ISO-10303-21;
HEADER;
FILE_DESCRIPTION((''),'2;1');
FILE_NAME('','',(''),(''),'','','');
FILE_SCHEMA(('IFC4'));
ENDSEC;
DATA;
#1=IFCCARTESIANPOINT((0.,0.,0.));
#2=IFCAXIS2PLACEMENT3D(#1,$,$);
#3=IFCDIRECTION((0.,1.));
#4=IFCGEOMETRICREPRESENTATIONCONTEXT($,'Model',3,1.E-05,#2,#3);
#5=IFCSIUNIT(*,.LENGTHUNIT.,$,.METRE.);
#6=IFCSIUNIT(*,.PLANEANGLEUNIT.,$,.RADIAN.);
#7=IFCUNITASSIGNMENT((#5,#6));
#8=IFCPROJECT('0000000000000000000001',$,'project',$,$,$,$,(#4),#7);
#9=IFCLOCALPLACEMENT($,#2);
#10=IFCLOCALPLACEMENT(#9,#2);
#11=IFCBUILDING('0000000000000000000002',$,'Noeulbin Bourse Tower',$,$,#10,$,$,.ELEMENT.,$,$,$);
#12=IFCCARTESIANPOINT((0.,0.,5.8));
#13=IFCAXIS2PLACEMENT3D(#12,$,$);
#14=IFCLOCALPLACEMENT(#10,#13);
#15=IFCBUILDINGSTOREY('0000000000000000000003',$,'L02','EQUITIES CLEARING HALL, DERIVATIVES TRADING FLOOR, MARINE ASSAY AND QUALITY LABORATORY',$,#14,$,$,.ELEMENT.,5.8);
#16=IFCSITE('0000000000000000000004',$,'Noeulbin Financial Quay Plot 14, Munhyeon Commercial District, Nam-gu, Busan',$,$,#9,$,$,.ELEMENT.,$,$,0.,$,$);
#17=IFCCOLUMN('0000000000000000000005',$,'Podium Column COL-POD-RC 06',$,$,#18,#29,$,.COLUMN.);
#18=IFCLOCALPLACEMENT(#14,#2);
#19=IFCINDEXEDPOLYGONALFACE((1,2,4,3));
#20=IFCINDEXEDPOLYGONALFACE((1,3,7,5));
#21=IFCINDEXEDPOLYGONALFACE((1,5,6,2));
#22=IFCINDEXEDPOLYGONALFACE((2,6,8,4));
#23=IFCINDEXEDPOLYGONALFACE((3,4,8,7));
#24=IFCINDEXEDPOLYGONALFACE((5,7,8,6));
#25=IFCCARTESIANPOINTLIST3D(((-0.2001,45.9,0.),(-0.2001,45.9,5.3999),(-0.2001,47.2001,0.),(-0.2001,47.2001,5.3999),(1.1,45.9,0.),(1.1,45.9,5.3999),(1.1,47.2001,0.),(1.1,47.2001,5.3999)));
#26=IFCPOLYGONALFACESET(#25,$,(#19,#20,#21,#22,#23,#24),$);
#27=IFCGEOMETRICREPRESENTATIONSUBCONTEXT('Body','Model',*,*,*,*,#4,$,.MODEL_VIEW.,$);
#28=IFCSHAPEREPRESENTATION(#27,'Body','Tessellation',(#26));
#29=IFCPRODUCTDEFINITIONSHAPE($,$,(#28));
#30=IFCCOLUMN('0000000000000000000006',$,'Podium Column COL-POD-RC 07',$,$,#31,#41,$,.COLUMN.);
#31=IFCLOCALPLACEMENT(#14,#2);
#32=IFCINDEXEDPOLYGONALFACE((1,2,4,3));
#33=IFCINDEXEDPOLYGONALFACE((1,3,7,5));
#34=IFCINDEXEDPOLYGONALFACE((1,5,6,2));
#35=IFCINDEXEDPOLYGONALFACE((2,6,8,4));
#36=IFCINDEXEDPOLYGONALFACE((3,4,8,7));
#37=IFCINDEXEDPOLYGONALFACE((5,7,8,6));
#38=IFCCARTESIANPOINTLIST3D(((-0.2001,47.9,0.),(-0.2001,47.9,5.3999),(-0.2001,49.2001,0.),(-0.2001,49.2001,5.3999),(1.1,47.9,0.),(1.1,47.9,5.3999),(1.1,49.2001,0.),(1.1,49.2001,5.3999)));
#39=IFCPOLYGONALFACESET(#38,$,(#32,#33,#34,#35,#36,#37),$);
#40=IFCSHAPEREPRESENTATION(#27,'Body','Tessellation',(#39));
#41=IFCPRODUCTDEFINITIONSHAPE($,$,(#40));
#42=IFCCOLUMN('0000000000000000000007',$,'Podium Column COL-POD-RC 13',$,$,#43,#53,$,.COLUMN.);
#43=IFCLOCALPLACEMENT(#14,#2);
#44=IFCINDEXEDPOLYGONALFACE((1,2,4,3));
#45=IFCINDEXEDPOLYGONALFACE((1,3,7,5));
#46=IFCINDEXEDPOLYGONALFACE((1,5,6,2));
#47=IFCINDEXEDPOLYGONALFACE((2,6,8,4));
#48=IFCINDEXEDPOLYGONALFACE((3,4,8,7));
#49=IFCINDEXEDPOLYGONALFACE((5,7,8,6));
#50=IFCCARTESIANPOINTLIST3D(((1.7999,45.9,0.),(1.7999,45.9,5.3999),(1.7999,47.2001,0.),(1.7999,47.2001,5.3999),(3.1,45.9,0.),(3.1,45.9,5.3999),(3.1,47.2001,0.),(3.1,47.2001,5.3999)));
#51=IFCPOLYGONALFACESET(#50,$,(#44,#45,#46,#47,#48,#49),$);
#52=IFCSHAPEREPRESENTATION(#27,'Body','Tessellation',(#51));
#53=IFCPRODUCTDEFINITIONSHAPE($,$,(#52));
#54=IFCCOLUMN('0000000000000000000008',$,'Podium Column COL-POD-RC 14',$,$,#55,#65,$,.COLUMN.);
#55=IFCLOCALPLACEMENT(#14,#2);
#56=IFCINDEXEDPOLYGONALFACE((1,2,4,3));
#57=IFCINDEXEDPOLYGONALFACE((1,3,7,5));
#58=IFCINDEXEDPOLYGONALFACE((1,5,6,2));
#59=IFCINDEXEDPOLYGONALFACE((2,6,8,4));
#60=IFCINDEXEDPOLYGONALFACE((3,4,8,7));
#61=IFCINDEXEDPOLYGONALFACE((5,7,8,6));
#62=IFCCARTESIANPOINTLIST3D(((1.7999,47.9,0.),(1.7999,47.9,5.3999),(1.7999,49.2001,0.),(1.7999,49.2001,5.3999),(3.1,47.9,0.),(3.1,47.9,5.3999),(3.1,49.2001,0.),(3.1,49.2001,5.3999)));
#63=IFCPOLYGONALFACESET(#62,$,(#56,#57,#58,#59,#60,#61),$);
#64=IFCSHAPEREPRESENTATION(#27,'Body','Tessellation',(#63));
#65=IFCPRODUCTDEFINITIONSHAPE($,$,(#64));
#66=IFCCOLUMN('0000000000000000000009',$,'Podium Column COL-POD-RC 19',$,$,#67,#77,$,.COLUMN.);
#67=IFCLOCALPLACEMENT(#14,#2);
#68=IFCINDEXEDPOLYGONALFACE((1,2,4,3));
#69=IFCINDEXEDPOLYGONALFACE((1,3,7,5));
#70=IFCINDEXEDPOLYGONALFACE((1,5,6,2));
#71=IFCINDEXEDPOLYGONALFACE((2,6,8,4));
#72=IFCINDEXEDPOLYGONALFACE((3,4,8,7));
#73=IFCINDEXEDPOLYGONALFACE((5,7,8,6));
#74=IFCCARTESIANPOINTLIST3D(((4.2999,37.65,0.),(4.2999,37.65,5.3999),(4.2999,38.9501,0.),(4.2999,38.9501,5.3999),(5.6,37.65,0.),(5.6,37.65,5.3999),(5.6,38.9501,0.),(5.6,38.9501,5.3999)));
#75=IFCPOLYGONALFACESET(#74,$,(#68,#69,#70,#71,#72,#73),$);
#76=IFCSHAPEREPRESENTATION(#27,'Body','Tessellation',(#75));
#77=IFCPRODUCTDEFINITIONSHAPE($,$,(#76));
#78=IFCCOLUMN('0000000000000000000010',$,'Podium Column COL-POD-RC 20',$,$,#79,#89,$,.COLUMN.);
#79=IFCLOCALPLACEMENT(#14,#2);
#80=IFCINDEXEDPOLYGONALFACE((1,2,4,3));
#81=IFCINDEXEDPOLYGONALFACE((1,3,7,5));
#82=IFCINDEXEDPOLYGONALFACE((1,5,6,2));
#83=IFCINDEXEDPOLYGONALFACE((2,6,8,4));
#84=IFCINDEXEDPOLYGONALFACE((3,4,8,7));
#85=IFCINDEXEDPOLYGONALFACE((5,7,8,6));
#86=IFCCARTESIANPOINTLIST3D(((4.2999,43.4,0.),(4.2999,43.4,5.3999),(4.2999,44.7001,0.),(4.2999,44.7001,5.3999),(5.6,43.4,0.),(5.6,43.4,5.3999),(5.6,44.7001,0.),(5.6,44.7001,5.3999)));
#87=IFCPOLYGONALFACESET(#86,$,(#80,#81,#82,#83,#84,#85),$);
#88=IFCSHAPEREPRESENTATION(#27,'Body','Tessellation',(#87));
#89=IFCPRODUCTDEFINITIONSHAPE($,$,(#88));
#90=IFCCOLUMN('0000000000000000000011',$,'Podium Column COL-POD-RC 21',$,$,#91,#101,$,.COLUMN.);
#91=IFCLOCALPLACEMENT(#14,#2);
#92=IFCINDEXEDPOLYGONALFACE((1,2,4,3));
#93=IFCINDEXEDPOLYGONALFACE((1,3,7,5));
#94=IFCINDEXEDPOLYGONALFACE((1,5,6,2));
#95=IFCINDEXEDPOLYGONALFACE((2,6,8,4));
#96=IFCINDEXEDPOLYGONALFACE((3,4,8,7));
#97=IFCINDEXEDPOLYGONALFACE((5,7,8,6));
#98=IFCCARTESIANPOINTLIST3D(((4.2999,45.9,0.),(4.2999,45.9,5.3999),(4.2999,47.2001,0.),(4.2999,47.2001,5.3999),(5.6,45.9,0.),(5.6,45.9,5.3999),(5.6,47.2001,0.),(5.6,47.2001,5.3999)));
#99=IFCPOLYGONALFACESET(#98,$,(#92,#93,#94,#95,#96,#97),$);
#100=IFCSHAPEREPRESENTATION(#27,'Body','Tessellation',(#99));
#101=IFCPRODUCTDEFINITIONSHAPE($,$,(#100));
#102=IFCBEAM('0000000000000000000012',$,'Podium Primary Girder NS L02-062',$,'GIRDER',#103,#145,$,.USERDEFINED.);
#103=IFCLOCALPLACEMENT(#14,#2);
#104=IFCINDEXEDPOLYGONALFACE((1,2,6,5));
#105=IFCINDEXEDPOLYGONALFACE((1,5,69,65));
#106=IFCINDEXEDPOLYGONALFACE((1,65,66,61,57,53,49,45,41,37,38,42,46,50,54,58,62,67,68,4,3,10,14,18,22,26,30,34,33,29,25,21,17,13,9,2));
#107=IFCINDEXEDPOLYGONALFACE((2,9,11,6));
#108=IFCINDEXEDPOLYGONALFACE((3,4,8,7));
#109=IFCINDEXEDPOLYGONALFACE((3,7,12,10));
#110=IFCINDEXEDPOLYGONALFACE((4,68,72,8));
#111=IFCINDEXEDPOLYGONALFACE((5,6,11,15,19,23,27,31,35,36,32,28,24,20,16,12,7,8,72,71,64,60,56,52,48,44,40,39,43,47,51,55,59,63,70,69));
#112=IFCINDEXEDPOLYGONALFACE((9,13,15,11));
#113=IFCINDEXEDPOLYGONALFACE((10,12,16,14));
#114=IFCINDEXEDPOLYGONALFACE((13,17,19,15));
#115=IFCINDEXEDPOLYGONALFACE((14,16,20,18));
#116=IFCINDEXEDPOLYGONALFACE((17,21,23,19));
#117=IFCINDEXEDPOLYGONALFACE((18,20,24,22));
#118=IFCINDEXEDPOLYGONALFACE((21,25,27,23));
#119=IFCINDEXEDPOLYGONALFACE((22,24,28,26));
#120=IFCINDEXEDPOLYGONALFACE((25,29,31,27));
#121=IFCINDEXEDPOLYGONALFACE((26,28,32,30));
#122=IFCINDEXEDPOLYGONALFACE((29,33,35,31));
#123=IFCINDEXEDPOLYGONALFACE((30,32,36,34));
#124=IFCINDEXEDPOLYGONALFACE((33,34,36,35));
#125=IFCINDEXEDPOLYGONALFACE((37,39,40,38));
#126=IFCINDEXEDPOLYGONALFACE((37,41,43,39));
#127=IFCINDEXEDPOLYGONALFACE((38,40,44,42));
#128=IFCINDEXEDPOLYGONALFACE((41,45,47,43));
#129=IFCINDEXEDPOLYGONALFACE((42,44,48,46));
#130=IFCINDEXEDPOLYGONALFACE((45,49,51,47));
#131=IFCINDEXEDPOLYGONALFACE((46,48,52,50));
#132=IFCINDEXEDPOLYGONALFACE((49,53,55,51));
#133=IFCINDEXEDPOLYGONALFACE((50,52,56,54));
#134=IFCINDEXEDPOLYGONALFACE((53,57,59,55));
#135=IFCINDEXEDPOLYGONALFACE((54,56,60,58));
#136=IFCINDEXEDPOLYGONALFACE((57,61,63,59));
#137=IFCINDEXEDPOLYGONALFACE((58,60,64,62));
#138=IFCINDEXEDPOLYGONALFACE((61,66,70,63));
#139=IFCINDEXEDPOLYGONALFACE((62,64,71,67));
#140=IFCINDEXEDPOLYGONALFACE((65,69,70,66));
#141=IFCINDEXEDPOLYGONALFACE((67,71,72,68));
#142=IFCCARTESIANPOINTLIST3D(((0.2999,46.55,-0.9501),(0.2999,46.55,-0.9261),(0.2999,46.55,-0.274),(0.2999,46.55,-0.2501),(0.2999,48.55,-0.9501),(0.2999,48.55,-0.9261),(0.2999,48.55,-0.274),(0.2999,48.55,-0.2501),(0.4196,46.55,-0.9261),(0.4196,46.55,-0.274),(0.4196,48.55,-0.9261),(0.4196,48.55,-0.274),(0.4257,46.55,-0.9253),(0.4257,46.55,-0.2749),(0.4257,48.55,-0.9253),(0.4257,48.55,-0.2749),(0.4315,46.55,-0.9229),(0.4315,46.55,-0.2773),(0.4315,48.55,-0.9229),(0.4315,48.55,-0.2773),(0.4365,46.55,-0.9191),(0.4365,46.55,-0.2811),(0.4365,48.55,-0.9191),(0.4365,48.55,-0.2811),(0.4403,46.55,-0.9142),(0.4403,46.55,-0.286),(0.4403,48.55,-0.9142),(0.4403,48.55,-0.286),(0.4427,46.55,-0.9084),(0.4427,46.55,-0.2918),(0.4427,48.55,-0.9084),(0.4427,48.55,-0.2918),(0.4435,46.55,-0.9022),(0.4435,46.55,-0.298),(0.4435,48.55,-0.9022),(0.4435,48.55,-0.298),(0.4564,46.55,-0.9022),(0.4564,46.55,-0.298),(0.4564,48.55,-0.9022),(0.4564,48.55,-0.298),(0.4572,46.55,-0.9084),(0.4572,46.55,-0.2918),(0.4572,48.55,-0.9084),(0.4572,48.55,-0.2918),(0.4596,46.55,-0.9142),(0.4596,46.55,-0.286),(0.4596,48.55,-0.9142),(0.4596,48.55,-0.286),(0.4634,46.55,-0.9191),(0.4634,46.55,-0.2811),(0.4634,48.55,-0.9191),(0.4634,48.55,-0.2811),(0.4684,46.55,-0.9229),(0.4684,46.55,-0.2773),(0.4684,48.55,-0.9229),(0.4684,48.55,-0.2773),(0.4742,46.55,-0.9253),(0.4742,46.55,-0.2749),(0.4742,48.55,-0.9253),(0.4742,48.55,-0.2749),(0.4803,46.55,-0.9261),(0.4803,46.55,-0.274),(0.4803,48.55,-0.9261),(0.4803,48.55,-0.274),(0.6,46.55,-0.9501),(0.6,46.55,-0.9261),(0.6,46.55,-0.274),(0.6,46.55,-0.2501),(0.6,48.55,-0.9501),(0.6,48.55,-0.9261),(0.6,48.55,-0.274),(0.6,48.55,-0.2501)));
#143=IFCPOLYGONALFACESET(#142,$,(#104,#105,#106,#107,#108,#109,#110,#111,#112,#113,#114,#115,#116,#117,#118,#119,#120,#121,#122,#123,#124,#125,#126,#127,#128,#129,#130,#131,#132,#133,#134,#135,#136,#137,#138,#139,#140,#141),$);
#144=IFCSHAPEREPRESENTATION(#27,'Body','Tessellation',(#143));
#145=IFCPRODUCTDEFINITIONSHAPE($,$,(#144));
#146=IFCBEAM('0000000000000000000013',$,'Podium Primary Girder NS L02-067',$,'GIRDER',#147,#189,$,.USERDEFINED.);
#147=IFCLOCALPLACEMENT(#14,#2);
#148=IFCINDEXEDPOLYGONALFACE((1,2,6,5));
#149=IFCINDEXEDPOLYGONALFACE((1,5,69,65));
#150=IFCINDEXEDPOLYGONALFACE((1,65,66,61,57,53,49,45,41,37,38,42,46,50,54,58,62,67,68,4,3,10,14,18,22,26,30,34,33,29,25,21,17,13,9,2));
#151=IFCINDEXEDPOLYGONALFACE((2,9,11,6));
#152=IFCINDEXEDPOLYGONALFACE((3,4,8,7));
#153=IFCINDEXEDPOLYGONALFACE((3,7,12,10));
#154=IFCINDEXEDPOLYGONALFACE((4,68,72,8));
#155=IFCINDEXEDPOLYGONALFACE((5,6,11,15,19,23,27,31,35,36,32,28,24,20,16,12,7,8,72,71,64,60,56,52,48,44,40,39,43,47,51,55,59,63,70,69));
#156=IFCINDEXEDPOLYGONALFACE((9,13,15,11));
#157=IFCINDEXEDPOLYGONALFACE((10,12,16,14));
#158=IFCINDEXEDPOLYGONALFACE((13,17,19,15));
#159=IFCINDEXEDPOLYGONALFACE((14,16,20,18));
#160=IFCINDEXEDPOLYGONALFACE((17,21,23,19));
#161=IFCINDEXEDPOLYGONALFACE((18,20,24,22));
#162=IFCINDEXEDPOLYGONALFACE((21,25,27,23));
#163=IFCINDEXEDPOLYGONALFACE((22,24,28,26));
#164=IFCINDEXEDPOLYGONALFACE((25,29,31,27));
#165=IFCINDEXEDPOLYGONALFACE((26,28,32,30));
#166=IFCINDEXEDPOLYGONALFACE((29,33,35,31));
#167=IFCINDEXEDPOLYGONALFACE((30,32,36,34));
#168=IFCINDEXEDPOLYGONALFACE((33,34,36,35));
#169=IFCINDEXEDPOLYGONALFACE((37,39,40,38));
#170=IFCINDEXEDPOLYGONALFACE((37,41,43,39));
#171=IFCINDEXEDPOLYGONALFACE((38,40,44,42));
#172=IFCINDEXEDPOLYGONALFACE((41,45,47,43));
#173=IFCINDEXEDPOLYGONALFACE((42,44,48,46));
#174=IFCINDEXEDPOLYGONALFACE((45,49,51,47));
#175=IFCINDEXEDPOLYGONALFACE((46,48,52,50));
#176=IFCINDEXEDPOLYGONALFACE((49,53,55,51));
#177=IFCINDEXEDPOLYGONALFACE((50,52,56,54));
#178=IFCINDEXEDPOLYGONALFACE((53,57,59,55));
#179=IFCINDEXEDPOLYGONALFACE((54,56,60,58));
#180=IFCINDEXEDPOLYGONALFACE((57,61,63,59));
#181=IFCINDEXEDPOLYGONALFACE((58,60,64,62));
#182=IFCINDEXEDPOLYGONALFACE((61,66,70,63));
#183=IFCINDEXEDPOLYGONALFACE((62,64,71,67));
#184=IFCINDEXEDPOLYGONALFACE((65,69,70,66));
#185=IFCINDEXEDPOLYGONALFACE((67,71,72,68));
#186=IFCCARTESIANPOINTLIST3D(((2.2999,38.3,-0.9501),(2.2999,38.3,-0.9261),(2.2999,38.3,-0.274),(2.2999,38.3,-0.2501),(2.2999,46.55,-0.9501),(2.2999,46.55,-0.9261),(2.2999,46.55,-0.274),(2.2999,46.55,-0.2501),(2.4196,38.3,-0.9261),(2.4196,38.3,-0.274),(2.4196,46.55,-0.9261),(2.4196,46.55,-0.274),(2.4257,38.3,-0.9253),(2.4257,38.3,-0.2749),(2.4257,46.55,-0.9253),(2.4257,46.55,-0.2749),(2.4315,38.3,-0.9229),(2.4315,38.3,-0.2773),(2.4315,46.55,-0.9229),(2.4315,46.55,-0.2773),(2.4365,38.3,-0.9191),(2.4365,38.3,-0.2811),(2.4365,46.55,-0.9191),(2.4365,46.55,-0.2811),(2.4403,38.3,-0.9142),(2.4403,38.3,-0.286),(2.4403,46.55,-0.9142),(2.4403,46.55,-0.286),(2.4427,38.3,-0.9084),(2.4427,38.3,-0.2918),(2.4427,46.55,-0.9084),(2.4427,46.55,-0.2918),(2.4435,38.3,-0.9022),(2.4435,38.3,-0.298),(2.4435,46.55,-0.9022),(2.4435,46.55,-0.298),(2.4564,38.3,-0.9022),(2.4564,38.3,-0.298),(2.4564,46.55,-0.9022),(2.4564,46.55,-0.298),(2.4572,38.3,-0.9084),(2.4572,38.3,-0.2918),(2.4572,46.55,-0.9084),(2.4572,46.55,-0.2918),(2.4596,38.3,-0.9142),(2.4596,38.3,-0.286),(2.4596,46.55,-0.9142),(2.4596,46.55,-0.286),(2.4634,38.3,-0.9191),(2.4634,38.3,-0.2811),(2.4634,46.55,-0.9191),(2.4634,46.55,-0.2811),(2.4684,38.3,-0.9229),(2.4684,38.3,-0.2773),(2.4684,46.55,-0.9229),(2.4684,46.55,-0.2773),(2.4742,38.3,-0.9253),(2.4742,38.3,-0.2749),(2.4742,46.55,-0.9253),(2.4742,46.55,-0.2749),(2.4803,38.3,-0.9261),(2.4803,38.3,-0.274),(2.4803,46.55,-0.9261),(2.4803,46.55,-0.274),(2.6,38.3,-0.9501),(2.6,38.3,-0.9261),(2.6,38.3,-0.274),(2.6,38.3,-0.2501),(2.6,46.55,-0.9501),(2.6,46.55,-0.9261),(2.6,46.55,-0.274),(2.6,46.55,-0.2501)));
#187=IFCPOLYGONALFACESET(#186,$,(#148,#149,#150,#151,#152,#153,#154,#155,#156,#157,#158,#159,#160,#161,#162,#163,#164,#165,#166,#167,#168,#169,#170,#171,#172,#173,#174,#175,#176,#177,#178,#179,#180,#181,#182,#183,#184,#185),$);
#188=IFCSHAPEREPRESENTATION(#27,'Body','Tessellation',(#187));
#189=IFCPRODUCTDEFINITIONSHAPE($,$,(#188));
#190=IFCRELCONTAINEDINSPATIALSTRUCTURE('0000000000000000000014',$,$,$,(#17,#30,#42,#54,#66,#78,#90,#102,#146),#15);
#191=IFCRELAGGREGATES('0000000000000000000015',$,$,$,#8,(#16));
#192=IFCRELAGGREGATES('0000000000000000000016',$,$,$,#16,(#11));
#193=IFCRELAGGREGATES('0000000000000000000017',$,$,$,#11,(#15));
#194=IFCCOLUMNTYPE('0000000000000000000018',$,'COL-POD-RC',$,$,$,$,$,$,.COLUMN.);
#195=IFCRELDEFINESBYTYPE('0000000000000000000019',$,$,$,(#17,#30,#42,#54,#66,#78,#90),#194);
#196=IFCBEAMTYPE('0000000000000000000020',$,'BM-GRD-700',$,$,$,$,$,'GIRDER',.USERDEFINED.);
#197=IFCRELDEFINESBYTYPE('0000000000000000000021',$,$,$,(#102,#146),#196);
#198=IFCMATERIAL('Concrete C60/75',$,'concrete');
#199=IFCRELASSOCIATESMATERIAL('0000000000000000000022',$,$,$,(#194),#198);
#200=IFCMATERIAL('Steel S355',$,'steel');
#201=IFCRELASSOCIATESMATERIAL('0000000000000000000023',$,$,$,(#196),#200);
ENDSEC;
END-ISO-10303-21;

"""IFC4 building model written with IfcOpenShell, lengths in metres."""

from ifc_helpers import new_model, si_unit, direction, frame, origin, origin_2d, place, context, subcontext, project, spatial, rectangle, i_section, extrude, material, material_profile, profile_set, type_object, element, save


model = new_model("IFC4")

# Units and contexts
model_context = context("Model", 3, precision=1e-05, world=origin(), true_north=direction((0.0, 1.0)))
body_context = subcontext(model_context, "Body", "Model", "MODEL_VIEW")
ifc_project = project(units=[si_unit("LENGTHUNIT", "METRE"), si_unit("PLANEANGLEUNIT", "RADIAN")], contexts=[model_context])

# Site, building, storey
site_placement = place(None, origin())
site = spatial("IfcSite", under=ifc_project, at=site_placement, Name="Noeulbin Financial Quay Plot 14, Munhyeon Commercial District, Nam-gu, Busan", CompositionType="ELEMENT", RefElevation=0.0)
building_placement = place(site_placement, origin())
building = spatial("IfcBuilding", under=site, at=building_placement, Name="Noeulbin Bourse Tower", CompositionType="ELEMENT")
storey_placement = place(building_placement, frame((0.0, 0.0, 5.8)))
storey = spatial("IfcBuildingStorey", under=building, at=storey_placement, Name="L02", Description="EQUITIES CLEARING HALL, DERIVATIVES TRADING FLOOR, MARINE ASSAY AND QUALITY LABORATORY", CompositionType="ELEMENT", Elevation=5.8)

# Columns
ifc_material_1 = material(Name="Concrete C60/75", Category="concrete")
ifc_material_profile_1 = material_profile(ifc_material_1, rectangle(XDim=1.3, YDim=1.3, at=origin_2d()), Name="RC-COL-1300x1300", Category="LoadBearing")
ifc_profile_set_1 = profile_set([ifc_material_profile_1], Name="Concrete C60/75")
column_type = type_object("IfcColumnType", Name="COL-POD-RC", PredefinedType="COLUMN", material=ifc_profile_set_1)
for number, where, z_axis, x_axis, name in (
    (1, (0.45, 46.55, 0.0), (0.0, 0.0, 1.0), (1.0, 0.0, 0.0), "Podium Column COL-POD-RC 06"),
    (2, (0.45, 48.55, 0.0), (0.0, 0.0, 1.0), (1.0, 0.0, 0.0), "Podium Column COL-POD-RC 07"),
    (3, (2.45, 46.55, 0.0), (0.0, 0.0, 1.0), (1.0, 0.0, 0.0), "Podium Column COL-POD-RC 13"),
    (4, (2.45, 48.55, 0.0), (0.0, 0.0, 1.0), (1.0, 0.0, 0.0), "Podium Column COL-POD-RC 14"),
    (5, (4.95, 38.3, 0.0), (0.0, 0.0, 1.0), (1.0, 0.0, 0.0), "Podium Column COL-POD-RC 19"),
    (6, (4.95, 44.05, 0.0), (0.0, 0.0, 1.0), (1.0, 0.0, 0.0), "Podium Column COL-POD-RC 20"),
    (7, (4.95, 46.55, 0.0), (0.0, 0.0, 1.0), (1.0, 0.0, 0.0), "Podium Column COL-POD-RC 21"),
):
    element("IfcColumn", number, at=place(storey_placement, frame(where, z_axis=z_axis, x_axis=x_axis)), inside=storey, type_object=column_type, Name=name, PredefinedType="COLUMN", context=body_context, shape_type="SweptSolid", body=[
        extrude(rectangle(XDim=1.3, YDim=1.3, at=origin_2d()), origin(), (0.0, 0.0, 1.0), 5.3999),
    ])

# Beams
ifc_material_2 = material(Name="Steel S355", Category="steel")
ifc_material_profile_2 = material_profile(ifc_material_2, i_section(OverallWidth=0.3, OverallDepth=0.7, WebThickness=0.0129, FlangeThickness=0.0239, FilletRadius=0.0239, at=origin_2d()), Name="H-700x300x13x24", Category="LoadBearing")
ifc_profile_set_2 = profile_set([ifc_material_profile_2], Name="Steel S355")
beam_type_1 = type_object("IfcBeamType", Name="BM-GRD-700", ElementType="GIRDER", PredefinedType="USERDEFINED", material=ifc_profile_set_2)
beam_1_placement = place(storey_placement, frame((0.45, 46.55, -0.6001), z_axis=(0.0, 1.0, 0.0), x_axis=(-1.0, 0.0, 0.0)))
element("IfcBeam", 8, at=beam_1_placement, inside=storey, type_object=beam_type_1, Name="Podium Primary Girder NS L02-062", ObjectType="GIRDER", PredefinedType="USERDEFINED", context=body_context, shape_type="SweptSolid", body=[
    extrude(i_section(OverallWidth=0.3, OverallDepth=0.7, WebThickness=0.0129, FlangeThickness=0.0239, FilletRadius=0.0239, at=origin_2d()), origin(), (0.0, 0.0, 1.0), 2.0),
])
beam_2_placement = place(storey_placement, frame((2.45, 38.3, -0.6001), z_axis=(0.0, 1.0, 0.0), x_axis=(-1.0, 0.0, 0.0)))
element("IfcBeam", 9, at=beam_2_placement, inside=storey, type_object=beam_type_1, Name="Podium Primary Girder NS L02-067", ObjectType="GIRDER", PredefinedType="USERDEFINED", context=body_context, shape_type="SweptSolid", body=[
    extrude(i_section(OverallWidth=0.3, OverallDepth=0.7, WebThickness=0.0129, FlangeThickness=0.0239, FilletRadius=0.0239, at=origin_2d()), origin(), (0.0, 0.0, 1.0), 8.25),
])

save(model, "model.ifc")
